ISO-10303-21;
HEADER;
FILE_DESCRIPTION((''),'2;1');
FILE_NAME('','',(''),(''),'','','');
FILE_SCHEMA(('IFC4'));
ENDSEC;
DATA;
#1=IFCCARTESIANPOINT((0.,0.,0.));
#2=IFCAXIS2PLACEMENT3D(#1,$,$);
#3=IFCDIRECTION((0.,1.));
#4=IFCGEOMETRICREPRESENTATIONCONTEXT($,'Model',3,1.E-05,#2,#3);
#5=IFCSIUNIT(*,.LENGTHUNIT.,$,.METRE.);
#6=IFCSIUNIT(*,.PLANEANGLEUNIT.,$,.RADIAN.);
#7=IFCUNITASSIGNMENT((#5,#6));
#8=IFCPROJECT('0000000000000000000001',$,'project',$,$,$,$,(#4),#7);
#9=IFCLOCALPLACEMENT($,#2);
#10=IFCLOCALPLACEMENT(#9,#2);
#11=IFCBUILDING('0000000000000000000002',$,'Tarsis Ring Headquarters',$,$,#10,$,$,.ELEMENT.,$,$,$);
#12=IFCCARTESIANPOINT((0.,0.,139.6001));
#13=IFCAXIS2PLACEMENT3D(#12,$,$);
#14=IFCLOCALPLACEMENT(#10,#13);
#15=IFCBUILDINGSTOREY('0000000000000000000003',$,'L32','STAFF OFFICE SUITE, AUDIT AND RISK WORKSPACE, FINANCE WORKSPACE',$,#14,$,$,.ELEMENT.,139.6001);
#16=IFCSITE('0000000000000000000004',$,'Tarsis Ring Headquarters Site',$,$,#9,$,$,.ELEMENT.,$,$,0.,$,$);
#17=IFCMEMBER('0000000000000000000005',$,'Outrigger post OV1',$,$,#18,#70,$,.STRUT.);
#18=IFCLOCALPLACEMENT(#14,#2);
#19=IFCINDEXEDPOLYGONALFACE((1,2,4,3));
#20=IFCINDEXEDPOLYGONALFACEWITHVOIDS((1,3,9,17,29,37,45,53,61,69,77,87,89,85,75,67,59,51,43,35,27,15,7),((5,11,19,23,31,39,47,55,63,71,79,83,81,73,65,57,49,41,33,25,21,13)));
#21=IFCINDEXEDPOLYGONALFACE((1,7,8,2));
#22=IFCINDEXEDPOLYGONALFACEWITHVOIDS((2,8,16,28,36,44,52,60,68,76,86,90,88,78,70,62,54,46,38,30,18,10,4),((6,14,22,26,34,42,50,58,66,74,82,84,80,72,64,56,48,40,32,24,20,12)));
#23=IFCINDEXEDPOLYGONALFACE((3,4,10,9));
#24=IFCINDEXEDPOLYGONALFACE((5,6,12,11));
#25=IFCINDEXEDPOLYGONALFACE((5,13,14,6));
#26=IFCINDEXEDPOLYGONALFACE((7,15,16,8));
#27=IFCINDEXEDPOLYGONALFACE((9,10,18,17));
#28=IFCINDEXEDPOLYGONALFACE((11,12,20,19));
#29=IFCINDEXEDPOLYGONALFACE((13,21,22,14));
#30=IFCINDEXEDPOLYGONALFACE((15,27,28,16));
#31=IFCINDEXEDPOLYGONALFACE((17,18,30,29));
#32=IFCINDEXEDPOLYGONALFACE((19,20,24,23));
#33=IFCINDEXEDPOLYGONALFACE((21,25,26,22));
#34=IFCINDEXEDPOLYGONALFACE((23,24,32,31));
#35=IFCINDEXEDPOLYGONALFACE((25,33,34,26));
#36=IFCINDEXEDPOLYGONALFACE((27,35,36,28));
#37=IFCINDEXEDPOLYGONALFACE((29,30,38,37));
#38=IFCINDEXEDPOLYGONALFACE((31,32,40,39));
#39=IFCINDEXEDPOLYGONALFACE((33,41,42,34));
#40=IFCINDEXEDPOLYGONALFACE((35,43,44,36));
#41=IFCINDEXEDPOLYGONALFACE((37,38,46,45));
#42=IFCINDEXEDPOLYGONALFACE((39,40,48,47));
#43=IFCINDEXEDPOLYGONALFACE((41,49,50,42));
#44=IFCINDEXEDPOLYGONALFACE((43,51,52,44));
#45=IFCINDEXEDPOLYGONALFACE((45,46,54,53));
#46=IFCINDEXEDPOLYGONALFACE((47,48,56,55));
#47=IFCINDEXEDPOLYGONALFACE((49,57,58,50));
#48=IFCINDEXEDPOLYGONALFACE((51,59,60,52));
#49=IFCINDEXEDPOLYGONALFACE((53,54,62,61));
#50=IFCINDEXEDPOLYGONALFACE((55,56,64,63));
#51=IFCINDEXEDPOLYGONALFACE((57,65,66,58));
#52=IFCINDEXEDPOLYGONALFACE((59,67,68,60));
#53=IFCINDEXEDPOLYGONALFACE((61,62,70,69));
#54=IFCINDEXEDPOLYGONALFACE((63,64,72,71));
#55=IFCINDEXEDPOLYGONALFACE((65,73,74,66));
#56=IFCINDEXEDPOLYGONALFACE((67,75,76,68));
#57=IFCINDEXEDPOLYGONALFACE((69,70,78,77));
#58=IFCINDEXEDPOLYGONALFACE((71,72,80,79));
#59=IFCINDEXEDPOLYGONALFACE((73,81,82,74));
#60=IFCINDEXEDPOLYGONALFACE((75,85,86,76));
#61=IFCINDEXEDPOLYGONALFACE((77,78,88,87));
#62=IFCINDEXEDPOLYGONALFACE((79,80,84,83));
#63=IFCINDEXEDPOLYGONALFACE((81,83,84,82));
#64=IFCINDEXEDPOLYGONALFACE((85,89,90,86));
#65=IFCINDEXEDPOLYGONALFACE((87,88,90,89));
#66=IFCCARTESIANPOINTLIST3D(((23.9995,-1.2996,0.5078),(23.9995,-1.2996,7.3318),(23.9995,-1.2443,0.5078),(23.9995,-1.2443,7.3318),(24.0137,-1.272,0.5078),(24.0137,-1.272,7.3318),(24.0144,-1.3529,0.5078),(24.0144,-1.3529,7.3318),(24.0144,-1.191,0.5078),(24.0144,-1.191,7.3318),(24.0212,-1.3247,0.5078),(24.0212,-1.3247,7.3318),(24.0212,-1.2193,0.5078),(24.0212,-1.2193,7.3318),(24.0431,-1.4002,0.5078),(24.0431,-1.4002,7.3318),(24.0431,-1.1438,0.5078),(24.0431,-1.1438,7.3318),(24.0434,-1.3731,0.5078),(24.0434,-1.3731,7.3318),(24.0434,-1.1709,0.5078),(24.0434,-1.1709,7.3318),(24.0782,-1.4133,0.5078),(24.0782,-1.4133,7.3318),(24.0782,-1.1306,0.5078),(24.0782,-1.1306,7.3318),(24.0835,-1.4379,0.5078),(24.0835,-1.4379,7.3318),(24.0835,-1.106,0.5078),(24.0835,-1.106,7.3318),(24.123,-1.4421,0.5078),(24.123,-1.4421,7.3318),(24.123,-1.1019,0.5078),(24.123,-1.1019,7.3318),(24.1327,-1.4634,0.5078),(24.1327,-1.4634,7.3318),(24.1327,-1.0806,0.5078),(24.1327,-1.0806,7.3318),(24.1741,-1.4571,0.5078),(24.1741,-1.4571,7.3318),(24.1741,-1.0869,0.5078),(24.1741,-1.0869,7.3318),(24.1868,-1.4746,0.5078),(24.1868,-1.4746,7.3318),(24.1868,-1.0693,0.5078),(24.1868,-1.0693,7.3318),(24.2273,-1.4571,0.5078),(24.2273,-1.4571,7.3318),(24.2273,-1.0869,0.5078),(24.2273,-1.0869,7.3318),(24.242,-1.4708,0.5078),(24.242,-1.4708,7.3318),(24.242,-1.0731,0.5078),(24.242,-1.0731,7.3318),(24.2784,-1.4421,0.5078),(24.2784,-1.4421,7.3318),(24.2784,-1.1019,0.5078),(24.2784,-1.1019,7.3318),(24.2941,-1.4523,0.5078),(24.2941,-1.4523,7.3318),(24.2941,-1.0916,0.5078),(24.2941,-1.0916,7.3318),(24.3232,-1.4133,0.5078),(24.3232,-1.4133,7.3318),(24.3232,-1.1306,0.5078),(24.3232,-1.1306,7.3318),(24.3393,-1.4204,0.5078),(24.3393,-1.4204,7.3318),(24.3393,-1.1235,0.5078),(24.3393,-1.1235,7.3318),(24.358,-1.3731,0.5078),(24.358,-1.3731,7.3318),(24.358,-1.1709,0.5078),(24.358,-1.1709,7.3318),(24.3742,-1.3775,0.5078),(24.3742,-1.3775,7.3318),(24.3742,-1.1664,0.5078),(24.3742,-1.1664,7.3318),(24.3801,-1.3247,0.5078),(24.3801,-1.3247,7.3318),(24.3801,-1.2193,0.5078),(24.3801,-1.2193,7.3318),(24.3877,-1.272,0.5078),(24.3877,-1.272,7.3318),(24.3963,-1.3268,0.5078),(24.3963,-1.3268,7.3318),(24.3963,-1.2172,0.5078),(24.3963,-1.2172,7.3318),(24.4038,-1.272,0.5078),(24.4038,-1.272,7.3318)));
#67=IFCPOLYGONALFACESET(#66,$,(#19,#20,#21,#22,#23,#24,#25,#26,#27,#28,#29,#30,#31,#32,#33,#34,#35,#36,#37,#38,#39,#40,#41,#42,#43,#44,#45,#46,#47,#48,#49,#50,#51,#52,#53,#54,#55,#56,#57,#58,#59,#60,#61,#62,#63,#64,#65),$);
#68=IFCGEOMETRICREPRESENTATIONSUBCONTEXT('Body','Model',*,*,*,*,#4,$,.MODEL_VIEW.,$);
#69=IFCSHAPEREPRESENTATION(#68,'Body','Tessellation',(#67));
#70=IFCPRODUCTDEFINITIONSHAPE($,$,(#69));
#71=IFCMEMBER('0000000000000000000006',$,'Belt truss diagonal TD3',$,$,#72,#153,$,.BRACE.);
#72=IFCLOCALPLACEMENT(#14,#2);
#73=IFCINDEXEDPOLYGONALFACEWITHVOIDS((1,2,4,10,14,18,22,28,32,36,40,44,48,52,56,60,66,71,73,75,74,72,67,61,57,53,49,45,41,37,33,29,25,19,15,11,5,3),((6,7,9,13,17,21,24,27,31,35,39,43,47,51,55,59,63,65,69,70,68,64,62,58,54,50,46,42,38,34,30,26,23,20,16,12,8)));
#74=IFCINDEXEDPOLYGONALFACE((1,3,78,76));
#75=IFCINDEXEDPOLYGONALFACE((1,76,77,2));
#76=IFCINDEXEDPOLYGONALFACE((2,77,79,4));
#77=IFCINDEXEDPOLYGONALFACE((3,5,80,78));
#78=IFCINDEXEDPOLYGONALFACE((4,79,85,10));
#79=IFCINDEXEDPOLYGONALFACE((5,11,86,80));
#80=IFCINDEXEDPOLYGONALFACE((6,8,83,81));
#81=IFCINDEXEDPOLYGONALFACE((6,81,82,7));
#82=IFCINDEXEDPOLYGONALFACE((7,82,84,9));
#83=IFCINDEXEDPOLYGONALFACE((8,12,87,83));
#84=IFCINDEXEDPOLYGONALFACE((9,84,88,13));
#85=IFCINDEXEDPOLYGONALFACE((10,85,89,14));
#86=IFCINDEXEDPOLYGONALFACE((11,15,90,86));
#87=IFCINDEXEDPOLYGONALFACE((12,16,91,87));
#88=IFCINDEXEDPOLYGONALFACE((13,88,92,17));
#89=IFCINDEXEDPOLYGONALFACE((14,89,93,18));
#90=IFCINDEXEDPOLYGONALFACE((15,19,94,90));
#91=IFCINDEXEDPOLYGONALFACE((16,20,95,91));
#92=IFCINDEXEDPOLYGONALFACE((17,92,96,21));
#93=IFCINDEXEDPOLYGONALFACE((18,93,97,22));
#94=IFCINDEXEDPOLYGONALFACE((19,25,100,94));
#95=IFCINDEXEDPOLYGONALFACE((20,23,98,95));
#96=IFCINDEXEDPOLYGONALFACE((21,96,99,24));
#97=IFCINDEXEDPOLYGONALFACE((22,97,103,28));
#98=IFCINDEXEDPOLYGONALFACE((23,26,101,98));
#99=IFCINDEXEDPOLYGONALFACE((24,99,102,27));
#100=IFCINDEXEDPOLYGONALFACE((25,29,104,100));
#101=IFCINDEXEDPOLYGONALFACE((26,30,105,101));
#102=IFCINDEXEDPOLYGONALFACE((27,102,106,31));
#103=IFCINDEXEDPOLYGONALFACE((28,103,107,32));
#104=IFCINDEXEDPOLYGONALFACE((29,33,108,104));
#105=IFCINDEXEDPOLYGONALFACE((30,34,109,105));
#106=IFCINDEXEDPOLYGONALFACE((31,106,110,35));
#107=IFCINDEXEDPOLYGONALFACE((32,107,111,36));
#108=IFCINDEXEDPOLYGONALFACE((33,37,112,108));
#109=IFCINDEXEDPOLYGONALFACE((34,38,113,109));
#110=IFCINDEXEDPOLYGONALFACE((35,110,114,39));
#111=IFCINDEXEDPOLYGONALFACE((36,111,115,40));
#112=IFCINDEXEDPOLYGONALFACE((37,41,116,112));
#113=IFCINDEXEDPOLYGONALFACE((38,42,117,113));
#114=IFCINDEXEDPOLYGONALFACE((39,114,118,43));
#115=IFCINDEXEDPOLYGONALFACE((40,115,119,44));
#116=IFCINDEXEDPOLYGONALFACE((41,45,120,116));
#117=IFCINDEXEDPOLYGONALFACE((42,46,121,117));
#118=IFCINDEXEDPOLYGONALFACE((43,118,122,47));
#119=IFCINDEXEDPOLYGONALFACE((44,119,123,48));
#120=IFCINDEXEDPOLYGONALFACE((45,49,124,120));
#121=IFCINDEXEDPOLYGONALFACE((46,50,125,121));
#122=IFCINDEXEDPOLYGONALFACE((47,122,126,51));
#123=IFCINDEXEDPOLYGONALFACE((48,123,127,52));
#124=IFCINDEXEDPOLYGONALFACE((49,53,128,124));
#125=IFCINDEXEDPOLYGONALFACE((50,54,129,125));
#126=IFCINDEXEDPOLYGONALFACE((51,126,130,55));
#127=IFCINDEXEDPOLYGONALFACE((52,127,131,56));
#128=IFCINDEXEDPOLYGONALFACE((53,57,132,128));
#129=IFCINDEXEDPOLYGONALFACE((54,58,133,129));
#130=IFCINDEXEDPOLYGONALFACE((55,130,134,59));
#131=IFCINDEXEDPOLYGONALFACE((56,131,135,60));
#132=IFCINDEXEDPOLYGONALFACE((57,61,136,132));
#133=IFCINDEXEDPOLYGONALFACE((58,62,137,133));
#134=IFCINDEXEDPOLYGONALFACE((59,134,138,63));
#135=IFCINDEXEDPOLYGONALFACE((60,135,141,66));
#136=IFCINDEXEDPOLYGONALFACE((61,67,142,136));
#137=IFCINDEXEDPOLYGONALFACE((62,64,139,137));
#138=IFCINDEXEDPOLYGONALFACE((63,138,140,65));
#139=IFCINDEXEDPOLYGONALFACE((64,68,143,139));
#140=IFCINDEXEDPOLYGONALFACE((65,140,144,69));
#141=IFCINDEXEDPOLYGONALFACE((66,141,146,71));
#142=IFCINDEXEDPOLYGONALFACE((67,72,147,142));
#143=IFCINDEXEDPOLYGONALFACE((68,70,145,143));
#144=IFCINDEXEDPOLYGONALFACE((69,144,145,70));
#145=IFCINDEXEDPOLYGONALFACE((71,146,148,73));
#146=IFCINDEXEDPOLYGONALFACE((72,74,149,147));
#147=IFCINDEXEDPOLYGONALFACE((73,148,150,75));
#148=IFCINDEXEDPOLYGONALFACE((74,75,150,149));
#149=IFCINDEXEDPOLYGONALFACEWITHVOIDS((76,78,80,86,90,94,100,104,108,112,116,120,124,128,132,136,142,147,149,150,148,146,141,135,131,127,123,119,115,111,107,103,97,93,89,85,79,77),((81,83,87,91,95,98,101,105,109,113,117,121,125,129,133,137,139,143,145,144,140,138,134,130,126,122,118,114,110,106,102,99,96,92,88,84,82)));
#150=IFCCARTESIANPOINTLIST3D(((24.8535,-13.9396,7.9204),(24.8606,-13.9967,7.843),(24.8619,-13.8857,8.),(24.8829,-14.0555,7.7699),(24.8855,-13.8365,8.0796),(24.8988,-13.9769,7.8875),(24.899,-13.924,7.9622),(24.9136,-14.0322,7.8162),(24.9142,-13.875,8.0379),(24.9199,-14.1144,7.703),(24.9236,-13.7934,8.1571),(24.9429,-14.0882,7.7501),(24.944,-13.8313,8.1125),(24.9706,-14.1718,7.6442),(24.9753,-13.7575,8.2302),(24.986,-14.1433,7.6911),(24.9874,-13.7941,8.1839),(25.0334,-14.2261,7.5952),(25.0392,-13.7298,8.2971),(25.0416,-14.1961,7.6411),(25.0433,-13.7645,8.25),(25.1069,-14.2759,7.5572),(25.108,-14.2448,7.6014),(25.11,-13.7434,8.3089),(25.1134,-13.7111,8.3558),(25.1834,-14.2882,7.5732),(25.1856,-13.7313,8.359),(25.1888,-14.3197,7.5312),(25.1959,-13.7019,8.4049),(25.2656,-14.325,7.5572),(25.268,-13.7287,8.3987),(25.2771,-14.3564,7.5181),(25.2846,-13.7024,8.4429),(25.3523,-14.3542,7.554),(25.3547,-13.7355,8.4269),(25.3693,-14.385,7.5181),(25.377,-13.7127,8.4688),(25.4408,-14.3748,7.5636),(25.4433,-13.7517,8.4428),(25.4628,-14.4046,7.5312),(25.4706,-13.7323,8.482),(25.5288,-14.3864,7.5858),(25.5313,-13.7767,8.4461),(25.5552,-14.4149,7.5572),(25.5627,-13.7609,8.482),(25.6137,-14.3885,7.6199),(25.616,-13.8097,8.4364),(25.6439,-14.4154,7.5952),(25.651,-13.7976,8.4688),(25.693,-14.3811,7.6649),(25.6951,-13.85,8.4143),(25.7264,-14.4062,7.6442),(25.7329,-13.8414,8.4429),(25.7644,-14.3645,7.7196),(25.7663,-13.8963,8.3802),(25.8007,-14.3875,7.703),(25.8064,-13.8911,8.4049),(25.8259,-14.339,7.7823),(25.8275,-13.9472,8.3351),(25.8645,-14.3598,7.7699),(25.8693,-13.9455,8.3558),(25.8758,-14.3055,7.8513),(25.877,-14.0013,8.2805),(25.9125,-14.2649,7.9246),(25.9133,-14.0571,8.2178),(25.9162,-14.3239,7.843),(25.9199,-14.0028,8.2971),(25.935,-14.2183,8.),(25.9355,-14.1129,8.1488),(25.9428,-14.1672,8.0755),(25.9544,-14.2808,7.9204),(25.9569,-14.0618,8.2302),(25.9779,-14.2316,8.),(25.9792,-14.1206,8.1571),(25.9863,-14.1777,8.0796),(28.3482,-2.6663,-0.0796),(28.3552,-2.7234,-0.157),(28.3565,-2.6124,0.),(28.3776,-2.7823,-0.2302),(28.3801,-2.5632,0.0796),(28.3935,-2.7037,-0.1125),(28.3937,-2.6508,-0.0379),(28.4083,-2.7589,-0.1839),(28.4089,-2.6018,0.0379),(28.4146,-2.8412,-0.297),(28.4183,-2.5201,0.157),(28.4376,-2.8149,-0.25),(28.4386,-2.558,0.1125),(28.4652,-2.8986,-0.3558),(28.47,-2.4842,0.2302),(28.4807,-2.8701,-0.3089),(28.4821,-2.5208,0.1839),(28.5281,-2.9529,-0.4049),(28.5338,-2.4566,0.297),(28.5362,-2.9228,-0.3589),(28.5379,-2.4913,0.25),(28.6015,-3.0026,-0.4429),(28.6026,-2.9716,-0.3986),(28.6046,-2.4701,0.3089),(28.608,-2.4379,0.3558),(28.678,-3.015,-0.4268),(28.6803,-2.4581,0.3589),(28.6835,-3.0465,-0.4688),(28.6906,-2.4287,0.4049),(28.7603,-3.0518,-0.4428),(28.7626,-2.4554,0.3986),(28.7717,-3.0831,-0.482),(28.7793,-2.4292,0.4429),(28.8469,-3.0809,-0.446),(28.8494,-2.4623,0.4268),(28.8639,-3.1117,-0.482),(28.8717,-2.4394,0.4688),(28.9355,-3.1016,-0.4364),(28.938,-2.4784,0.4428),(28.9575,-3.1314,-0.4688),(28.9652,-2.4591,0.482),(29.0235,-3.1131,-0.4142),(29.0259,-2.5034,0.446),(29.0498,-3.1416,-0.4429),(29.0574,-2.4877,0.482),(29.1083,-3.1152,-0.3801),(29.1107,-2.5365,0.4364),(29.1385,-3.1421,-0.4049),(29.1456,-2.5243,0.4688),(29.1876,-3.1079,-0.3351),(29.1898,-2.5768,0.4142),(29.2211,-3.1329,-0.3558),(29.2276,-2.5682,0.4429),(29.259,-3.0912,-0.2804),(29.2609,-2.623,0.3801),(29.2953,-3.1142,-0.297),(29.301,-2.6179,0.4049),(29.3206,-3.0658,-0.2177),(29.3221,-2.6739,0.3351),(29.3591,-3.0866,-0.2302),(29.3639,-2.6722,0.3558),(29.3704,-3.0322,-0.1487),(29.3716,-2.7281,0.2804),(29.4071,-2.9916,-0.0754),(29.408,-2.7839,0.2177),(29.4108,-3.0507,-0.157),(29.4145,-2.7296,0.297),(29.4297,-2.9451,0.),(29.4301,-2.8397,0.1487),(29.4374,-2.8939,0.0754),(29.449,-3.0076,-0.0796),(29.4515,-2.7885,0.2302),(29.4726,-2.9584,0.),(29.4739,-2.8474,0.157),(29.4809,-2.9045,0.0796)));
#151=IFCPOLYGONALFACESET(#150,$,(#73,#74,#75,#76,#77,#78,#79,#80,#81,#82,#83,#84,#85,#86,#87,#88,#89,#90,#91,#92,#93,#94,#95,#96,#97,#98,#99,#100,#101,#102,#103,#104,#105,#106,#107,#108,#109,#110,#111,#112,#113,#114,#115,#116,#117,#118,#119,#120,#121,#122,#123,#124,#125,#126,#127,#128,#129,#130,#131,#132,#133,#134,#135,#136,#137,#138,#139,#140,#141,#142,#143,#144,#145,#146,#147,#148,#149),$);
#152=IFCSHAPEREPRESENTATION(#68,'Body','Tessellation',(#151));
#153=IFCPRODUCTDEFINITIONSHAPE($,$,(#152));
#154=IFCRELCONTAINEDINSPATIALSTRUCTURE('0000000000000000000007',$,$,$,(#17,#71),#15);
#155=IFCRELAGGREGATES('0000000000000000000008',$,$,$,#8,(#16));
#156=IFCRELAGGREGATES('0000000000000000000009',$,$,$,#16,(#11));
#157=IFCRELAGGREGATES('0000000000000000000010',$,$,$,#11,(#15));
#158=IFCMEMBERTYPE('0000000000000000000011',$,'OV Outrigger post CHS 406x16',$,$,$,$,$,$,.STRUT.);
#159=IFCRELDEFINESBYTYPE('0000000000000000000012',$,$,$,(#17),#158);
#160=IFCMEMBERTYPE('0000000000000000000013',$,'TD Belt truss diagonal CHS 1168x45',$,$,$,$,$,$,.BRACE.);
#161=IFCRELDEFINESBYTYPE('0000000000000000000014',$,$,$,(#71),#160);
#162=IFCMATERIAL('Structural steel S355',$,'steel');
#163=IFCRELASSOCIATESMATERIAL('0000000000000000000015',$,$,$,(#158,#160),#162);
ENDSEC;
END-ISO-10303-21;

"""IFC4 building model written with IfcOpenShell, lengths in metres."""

from ifc_helpers import new_model, si_unit, direction, frame, origin, origin_2d, place, context, subcontext, project, spatial, hollow_circle, extrude, material, material_profile, profile_set, type_object, element, save


model = new_model("IFC4")

# Units and contexts
model_context = context("Model", 3, precision=1e-05, world=origin(), true_north=direction((0.0, 1.0)))
body_context = subcontext(model_context, "Body", "Model", "MODEL_VIEW")
ifc_project = project(units=[si_unit("LENGTHUNIT", "METRE"), si_unit("PLANEANGLEUNIT", "RADIAN")], contexts=[model_context])

# Site, building, storey
site_placement = place(None, origin())
site = spatial("IfcSite", under=ifc_project, at=site_placement, Name="Tarsis Ring Headquarters Site", CompositionType="ELEMENT", RefElevation=0.0)
building_placement = place(site_placement, origin())
building = spatial("IfcBuilding", under=site, at=building_placement, Name="Tarsis Ring Headquarters", CompositionType="ELEMENT")
storey_placement = place(building_placement, frame((0.0, 0.0, 139.6001)))
storey = spatial("IfcBuildingStorey", under=building, at=storey_placement, Name="L32", Description="STAFF OFFICE SUITE, AUDIT AND RISK WORKSPACE, FINANCE WORKSPACE", CompositionType="ELEMENT", Elevation=139.6001)

# Shared definitions
ifc_material_1 = material(Name="Structural steel S355", Category="steel")
ifc_material_profile_1 = material_profile(ifc_material_1, hollow_circle(Radius=0.5842, WallThickness=0.0449, at=origin_2d()), Name="CHS 1168x45")
ifc_profile_set_1 = profile_set([ifc_material_profile_1], Name="Structural steel S355")

# Members
ifc_material_profile_2 = material_profile(ifc_material_1, hollow_circle(Radius=0.2031, WallThickness=0.0161, at=origin_2d()), Name="CHS 406x16")
ifc_profile_set_2 = profile_set([ifc_material_profile_2], Name="Structural steel S355")
member_type_1 = type_object("IfcMemberType", Name="OV Outrigger post CHS 406x16", PredefinedType="STRUT", material=ifc_profile_set_2)
member_1_placement = place(storey_placement, frame((24.2007, -1.272, 0.5078), z_axis=(0.0, 0.0, 1.0), x_axis=(1.0, 0.0, 0.0)))
element("IfcMember", 1, at=member_1_placement, inside=storey, type_object=member_type_1, Name="Outrigger post OV1", PredefinedType="STRUT", context=body_context, shape_type="SweptSolid", body=[
    extrude(hollow_circle(Radius=0.2031, WallThickness=0.0161, at=origin_2d()), origin(), (0.0, 0.0, 1.0), 6.824),
])
member_type_2 = type_object("IfcMemberType", Name="TD Belt truss diagonal CHS 1168x45", PredefinedType="BRACE", material=ifc_profile_set_1)
member_2_placement = place(storey_placement, frame((28.9146, -2.7854, 0.0), z_axis=(-0.245095, -0.790644, 0.561079), x_axis=(0.955159, -0.296094, 0.0)))
element("IfcMember", 2, at=member_2_placement, inside=storey, type_object=member_type_2, Name="Belt truss diagonal TD3", PredefinedType="BRACE", context=body_context, shape_type="SweptSolid", body=[
    extrude(hollow_circle(Radius=0.5842, WallThickness=0.0449, at=origin_2d()), origin(), (0.0, 0.0, 1.0), 14.2583),
])

save(model, "model.ifc")
